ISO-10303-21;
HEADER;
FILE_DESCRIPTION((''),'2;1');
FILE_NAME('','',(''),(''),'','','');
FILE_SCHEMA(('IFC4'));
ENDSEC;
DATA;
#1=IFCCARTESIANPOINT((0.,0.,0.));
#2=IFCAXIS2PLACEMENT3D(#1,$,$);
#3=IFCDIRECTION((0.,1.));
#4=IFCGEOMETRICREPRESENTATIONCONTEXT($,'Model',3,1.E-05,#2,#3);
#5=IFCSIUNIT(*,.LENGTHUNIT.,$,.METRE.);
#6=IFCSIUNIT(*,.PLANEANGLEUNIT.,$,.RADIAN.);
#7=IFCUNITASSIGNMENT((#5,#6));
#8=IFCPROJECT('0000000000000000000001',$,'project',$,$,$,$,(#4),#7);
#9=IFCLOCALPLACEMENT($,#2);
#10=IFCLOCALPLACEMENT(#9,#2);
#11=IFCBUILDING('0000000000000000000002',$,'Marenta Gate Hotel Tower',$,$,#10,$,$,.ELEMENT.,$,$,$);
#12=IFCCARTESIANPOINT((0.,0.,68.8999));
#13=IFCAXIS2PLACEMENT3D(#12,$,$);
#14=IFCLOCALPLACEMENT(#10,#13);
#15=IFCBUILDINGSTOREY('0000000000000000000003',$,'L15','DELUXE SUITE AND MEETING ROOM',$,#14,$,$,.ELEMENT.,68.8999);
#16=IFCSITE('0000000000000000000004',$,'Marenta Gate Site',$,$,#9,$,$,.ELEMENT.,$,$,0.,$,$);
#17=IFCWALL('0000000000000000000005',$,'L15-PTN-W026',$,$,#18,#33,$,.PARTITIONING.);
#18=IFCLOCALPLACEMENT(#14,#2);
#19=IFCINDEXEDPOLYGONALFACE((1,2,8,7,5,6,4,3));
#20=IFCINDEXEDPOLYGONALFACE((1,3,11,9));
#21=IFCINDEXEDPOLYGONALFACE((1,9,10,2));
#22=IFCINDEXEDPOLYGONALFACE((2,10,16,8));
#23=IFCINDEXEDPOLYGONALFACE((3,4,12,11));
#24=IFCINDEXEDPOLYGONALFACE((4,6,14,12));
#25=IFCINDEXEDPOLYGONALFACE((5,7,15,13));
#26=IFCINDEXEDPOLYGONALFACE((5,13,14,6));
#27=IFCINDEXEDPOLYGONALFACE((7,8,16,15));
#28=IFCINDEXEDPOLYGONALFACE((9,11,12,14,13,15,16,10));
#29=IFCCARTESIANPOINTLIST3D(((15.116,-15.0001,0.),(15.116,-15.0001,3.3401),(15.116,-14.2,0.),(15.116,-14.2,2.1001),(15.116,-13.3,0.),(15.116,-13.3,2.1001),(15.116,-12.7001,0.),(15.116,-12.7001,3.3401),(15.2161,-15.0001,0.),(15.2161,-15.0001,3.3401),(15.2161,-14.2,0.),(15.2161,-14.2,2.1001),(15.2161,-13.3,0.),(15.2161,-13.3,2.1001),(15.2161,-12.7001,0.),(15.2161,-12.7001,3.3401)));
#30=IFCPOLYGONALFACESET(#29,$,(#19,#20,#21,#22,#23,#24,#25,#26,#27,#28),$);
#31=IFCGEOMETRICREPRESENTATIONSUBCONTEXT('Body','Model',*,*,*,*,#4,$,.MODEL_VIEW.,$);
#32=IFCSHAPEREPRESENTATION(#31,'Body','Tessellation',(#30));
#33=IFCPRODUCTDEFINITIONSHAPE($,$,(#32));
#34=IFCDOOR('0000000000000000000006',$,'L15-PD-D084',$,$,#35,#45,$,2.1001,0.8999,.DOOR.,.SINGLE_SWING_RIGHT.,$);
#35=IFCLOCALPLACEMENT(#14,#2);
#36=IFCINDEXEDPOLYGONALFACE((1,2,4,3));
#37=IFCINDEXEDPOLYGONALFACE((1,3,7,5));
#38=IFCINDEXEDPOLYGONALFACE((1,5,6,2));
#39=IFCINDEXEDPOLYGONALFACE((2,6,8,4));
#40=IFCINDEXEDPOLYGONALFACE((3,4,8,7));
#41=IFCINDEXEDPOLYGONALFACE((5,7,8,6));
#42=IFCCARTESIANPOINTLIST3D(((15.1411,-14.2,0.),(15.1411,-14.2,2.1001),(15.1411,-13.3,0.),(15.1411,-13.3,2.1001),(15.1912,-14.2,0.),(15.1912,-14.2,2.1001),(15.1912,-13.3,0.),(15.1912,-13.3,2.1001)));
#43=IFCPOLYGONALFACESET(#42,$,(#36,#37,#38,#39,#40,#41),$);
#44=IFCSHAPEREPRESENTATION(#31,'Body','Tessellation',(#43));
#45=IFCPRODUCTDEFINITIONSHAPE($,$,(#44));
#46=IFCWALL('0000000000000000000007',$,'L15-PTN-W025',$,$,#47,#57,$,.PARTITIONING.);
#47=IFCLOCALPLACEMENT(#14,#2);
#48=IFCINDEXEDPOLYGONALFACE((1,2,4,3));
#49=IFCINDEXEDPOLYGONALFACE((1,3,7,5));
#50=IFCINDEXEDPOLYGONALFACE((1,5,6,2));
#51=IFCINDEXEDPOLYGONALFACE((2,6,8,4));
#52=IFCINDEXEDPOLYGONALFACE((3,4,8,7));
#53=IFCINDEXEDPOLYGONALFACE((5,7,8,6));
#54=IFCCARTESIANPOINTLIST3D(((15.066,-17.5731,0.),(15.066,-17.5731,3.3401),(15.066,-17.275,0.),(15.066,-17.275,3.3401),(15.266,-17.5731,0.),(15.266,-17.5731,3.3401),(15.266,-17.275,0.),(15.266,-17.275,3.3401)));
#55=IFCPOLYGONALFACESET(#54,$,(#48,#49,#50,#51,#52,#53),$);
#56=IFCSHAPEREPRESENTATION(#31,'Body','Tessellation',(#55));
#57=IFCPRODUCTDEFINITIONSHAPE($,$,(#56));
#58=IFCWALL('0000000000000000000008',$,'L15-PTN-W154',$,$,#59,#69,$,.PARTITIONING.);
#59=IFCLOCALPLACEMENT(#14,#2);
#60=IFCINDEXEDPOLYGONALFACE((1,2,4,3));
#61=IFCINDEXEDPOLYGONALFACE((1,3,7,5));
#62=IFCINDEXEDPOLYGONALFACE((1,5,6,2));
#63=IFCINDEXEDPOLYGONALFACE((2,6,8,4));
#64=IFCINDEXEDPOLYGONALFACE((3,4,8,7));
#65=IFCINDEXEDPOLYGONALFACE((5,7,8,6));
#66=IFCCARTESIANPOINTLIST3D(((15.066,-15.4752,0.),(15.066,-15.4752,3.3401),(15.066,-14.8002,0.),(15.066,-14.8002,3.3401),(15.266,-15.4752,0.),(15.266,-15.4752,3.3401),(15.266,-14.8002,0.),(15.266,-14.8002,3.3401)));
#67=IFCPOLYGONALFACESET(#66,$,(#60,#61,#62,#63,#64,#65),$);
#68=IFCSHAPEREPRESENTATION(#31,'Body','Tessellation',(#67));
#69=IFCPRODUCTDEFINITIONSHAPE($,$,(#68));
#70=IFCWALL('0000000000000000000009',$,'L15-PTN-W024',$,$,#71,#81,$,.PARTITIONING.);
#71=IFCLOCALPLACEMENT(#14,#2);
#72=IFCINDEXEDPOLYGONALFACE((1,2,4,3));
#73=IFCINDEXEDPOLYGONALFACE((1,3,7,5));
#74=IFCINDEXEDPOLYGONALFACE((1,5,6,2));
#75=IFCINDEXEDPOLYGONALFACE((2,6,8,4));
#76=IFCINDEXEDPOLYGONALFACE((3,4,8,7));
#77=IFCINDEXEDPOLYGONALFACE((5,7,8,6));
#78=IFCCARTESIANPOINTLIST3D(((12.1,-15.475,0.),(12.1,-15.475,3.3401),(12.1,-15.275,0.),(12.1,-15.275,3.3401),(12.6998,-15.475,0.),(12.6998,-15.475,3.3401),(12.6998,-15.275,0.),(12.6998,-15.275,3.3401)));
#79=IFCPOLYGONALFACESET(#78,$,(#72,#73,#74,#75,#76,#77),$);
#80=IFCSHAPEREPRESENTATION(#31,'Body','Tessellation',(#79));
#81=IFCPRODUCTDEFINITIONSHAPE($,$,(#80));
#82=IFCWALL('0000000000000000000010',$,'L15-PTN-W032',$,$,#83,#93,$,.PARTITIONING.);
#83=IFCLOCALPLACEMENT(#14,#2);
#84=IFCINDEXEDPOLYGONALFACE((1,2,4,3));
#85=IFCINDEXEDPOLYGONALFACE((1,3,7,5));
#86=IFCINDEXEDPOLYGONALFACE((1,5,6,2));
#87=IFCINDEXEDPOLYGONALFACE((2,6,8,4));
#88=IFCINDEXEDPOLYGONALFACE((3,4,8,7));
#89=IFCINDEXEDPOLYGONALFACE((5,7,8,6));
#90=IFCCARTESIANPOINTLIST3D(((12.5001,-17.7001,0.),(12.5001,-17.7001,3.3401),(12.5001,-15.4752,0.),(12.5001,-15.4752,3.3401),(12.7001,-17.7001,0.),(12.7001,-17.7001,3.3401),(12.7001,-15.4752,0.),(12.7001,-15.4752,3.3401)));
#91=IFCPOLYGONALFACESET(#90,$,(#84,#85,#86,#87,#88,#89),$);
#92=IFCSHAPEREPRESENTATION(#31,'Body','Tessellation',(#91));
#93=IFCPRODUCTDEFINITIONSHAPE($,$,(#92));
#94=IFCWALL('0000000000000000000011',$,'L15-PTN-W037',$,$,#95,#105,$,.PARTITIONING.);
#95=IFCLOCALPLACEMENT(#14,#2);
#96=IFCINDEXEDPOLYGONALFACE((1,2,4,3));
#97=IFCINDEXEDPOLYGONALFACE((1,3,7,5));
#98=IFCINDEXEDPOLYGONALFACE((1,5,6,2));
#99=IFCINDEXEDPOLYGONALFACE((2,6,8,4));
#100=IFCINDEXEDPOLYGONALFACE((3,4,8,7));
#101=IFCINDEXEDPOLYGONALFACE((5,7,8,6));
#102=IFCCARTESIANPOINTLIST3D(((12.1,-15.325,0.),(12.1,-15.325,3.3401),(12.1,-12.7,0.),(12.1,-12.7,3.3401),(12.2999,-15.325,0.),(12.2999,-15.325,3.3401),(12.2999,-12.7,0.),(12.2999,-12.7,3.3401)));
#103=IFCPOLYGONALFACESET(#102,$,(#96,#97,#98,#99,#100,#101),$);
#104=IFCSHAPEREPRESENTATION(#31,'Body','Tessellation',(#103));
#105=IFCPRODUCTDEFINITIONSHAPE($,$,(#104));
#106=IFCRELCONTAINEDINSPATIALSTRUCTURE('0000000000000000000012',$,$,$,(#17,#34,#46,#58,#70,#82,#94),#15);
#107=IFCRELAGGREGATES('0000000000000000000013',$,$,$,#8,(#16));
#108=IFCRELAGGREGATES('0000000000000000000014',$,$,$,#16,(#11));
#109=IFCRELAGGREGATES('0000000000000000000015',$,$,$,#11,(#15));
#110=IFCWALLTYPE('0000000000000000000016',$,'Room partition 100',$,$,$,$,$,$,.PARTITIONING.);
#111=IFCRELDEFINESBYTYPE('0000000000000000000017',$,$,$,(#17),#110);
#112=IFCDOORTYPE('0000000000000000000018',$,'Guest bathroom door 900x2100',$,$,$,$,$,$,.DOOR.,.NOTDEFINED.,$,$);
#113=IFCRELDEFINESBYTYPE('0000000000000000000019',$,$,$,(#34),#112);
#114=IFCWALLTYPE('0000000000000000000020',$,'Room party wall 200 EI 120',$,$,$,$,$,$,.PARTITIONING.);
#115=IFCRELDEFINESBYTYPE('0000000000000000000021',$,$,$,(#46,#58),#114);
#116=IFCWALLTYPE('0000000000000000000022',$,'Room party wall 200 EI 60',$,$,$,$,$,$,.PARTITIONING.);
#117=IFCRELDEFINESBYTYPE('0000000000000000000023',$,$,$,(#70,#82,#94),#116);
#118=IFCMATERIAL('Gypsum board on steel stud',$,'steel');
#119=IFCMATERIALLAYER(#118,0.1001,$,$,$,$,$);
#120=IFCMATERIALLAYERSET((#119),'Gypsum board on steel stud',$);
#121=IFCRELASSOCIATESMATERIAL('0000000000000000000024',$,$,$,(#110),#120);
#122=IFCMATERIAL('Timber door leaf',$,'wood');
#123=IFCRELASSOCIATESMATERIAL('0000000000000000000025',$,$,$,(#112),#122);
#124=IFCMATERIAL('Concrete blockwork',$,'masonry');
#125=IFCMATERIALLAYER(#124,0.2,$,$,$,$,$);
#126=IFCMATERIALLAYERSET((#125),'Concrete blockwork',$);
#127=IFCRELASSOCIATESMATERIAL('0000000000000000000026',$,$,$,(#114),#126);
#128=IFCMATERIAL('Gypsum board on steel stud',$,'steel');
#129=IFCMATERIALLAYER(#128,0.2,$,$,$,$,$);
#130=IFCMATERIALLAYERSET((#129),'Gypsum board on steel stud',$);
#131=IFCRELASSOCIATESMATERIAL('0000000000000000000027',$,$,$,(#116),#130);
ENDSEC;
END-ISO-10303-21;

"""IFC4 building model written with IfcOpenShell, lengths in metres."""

from ifc_helpers import new_model, si_unit, direction, frame, frame_2d, origin, place, context, subcontext, project, spatial, rectangle, extrude, material, layer, layer_set, type_object, element, fill, save


model = new_model("IFC4")

# Units and contexts
model_context = context("Model", 3, precision=1e-05, world=origin(), true_north=direction((0.0, 1.0)))
body_context = subcontext(model_context, "Body", "Model", "MODEL_VIEW")
ifc_project = project(units=[si_unit("LENGTHUNIT", "METRE"), si_unit("PLANEANGLEUNIT", "RADIAN")], contexts=[model_context])

# Site, building, storey
site_placement = place(None, origin())
site = spatial("IfcSite", under=ifc_project, at=site_placement, Name="Marenta Gate Site", CompositionType="ELEMENT", RefElevation=0.0)
building_placement = place(site_placement, origin())
building = spatial("IfcBuilding", under=site, at=building_placement, Name="Marenta Gate Hotel Tower", CompositionType="ELEMENT")
storey_placement = place(building_placement, frame((0.0, 0.0, 68.8999)))
storey = spatial("IfcBuildingStorey", under=building, at=storey_placement, Name="L15", Description="DELUXE SUITE AND MEETING ROOM", CompositionType="ELEMENT", Elevation=68.8999)

# Wall, opening, door
ifc_material_1 = material(Name="Gypsum board on steel stud", Category="steel")
ifc_layer_1 = layer(ifc_material_1, 0.1001)
ifc_layer_set_1 = layer_set([ifc_layer_1], Name="Gypsum board on steel stud")
wall_type_1 = type_object("IfcWallType", Name="Room partition 100", PredefinedType="PARTITIONING", material=ifc_layer_set_1)
ifc_material_2 = material(Name="Timber door leaf", Category="wood")
door_type = type_object("IfcDoorType", Name="Guest bathroom door 900x2100", OperationType="NOTDEFINED", PredefinedType="DOOR", material=ifc_material_2)
wall_1_placement = place(storey_placement, frame((15.166, -15.0, 0.0), z_axis=(0.0, 0.0, 1.0), x_axis=(0.0, 1.0, 0.0)))
wall_1 = element("IfcWall", 1, at=wall_1_placement, inside=storey, type_object=wall_type_1, Name="L15-PTN-W026", PredefinedType="PARTITIONING", context=body_context, shape_type="SweptSolid", body=[
    extrude(rectangle(XDim=2.3, YDim=0.1001, at=frame_2d((1.1499, 0.0))), origin(), (0.0, 0.0, 1.0), 3.3401),
])
opening_1_placement = place(wall_1_placement, frame((0.8, 0.0, 0.0)))
opening_1 = element("IfcOpeningElement", 2, at=opening_1_placement, cuts=wall_1, PredefinedType="OPENING", context=body_context, shape_type="SweptSolid", body=[
    extrude(rectangle(XDim=0.8999, YDim=2.1001, at=frame_2d((0.45, 1.05))), frame((0.0, 0.05, 0.0), z_axis=(0.0, -1.0, 0.0), x_axis=(1.0, 0.0, 0.0)), (0.0, 0.0, 1.0), 0.1001),
])
door_1_placement = place(opening_1_placement, origin())
door_1 = element("IfcDoor", 3, at=door_1_placement, inside=storey, type_object=door_type, Name="L15-PD-D084", OperationType="SINGLE_SWING_RIGHT", OverallHeight=2.1001, OverallWidth=0.8999, PredefinedType="DOOR", context=body_context, shape_type="SweptSolid", body=[
    extrude(rectangle(XDim=0.8999, YDim=2.1001, at=frame_2d((0.45, 1.05))), frame((0.0, 0.0249, 0.0), z_axis=(0.0, -1.0, 0.0), x_axis=(1.0, 0.0, 0.0)), (0.0, 0.0, 1.0), 0.05),
])
fill(opening_1, door_1)

# Walls
ifc_material_3 = material(Name="Concrete blockwork", Category="masonry")
ifc_layer_2 = layer(ifc_material_3, 0.2)
ifc_layer_set_2 = layer_set([ifc_layer_2], Name="Concrete blockwork")
wall_type_2 = type_object("IfcWallType", Name="Room party wall 200 EI 120", PredefinedType="PARTITIONING", material=ifc_layer_set_2)
wall_2_placement = place(storey_placement, frame((15.166, -17.573, 0.0), z_axis=(0.0, 0.0, 1.0), x_axis=(0.0, 1.0, 0.0)))
element("IfcWall", 4, at=wall_2_placement, inside=storey, type_object=wall_type_2, Name="L15-PTN-W025", PredefinedType="PARTITIONING", context=body_context, shape_type="SweptSolid", body=[
    extrude(rectangle(XDim=0.2981, YDim=0.2, at=frame_2d((0.1489, 0.0))), origin(), (0.0, 0.0, 1.0), 3.3401),
])
wall_3_placement = place(storey_placement, frame((15.166, -15.4751, 0.0), z_axis=(0.0, 0.0, 1.0), x_axis=(0.0, 1.0, 0.0)))
element("IfcWall", 5, at=wall_3_placement, inside=storey, type_object=wall_type_2, Name="L15-PTN-W154", PredefinedType="PARTITIONING", context=body_context, shape_type="SweptSolid", body=[
    extrude(rectangle(XDim=0.675, YDim=0.2, at=frame_2d((0.3374, 0.0))), origin(), (0.0, 0.0, 1.0), 3.3401),
])
ifc_material_4 = material(Name="Gypsum board on steel stud", Category="steel")
ifc_layer_3 = layer(ifc_material_4, 0.2)
ifc_layer_set_3 = layer_set([ifc_layer_3], Name="Gypsum board on steel stud")
wall_type_3 = type_object("IfcWallType", Name="Room party wall 200 EI 60", PredefinedType="PARTITIONING", material=ifc_layer_set_3)
wall_4_placement = place(storey_placement, frame((12.1001, -15.375, 0.0), z_axis=(0.0, 0.0, 1.0), x_axis=(1.0, 0.0, 0.0)))
element("IfcWall", 6, at=wall_4_placement, inside=storey, type_object=wall_type_3, Name="L15-PTN-W024", PredefinedType="PARTITIONING", context=body_context, shape_type="SweptSolid", body=[
    extrude(rectangle(XDim=0.5999, YDim=0.2, at=frame_2d((0.2998, 0.0))), origin(), (0.0, 0.0, 1.0), 3.3401),
])
wall_5_placement = place(storey_placement, frame((12.6001, -17.7, 0.0), z_axis=(0.0, 0.0, 1.0), x_axis=(0.0, 1.0, 0.0)))
element("IfcWall", 7, at=wall_5_placement, inside=storey, type_object=wall_type_3, Name="L15-PTN-W032", PredefinedType="PARTITIONING", context=body_context, shape_type="SweptSolid", body=[
    extrude(rectangle(XDim=2.2249, YDim=0.2, at=frame_2d((1.1123, 0.0))), origin(), (0.0, 0.0, 1.0), 3.3401),
])
wall_6_placement = place(storey_placement, frame((12.2, -15.325, 0.0), z_axis=(0.0, 0.0, 1.0), x_axis=(0.0, 1.0, 0.0)))
element("IfcWall", 8, at=wall_6_placement, inside=storey, type_object=wall_type_3, Name="L15-PTN-W037", PredefinedType="PARTITIONING", context=body_context, shape_type="SweptSolid", body=[
    extrude(rectangle(XDim=2.625, YDim=0.2, at=frame_2d((1.3125, 0.0))), origin(), (0.0, 0.0, 1.0), 3.3401),
])

save(model, "model.ifc")
